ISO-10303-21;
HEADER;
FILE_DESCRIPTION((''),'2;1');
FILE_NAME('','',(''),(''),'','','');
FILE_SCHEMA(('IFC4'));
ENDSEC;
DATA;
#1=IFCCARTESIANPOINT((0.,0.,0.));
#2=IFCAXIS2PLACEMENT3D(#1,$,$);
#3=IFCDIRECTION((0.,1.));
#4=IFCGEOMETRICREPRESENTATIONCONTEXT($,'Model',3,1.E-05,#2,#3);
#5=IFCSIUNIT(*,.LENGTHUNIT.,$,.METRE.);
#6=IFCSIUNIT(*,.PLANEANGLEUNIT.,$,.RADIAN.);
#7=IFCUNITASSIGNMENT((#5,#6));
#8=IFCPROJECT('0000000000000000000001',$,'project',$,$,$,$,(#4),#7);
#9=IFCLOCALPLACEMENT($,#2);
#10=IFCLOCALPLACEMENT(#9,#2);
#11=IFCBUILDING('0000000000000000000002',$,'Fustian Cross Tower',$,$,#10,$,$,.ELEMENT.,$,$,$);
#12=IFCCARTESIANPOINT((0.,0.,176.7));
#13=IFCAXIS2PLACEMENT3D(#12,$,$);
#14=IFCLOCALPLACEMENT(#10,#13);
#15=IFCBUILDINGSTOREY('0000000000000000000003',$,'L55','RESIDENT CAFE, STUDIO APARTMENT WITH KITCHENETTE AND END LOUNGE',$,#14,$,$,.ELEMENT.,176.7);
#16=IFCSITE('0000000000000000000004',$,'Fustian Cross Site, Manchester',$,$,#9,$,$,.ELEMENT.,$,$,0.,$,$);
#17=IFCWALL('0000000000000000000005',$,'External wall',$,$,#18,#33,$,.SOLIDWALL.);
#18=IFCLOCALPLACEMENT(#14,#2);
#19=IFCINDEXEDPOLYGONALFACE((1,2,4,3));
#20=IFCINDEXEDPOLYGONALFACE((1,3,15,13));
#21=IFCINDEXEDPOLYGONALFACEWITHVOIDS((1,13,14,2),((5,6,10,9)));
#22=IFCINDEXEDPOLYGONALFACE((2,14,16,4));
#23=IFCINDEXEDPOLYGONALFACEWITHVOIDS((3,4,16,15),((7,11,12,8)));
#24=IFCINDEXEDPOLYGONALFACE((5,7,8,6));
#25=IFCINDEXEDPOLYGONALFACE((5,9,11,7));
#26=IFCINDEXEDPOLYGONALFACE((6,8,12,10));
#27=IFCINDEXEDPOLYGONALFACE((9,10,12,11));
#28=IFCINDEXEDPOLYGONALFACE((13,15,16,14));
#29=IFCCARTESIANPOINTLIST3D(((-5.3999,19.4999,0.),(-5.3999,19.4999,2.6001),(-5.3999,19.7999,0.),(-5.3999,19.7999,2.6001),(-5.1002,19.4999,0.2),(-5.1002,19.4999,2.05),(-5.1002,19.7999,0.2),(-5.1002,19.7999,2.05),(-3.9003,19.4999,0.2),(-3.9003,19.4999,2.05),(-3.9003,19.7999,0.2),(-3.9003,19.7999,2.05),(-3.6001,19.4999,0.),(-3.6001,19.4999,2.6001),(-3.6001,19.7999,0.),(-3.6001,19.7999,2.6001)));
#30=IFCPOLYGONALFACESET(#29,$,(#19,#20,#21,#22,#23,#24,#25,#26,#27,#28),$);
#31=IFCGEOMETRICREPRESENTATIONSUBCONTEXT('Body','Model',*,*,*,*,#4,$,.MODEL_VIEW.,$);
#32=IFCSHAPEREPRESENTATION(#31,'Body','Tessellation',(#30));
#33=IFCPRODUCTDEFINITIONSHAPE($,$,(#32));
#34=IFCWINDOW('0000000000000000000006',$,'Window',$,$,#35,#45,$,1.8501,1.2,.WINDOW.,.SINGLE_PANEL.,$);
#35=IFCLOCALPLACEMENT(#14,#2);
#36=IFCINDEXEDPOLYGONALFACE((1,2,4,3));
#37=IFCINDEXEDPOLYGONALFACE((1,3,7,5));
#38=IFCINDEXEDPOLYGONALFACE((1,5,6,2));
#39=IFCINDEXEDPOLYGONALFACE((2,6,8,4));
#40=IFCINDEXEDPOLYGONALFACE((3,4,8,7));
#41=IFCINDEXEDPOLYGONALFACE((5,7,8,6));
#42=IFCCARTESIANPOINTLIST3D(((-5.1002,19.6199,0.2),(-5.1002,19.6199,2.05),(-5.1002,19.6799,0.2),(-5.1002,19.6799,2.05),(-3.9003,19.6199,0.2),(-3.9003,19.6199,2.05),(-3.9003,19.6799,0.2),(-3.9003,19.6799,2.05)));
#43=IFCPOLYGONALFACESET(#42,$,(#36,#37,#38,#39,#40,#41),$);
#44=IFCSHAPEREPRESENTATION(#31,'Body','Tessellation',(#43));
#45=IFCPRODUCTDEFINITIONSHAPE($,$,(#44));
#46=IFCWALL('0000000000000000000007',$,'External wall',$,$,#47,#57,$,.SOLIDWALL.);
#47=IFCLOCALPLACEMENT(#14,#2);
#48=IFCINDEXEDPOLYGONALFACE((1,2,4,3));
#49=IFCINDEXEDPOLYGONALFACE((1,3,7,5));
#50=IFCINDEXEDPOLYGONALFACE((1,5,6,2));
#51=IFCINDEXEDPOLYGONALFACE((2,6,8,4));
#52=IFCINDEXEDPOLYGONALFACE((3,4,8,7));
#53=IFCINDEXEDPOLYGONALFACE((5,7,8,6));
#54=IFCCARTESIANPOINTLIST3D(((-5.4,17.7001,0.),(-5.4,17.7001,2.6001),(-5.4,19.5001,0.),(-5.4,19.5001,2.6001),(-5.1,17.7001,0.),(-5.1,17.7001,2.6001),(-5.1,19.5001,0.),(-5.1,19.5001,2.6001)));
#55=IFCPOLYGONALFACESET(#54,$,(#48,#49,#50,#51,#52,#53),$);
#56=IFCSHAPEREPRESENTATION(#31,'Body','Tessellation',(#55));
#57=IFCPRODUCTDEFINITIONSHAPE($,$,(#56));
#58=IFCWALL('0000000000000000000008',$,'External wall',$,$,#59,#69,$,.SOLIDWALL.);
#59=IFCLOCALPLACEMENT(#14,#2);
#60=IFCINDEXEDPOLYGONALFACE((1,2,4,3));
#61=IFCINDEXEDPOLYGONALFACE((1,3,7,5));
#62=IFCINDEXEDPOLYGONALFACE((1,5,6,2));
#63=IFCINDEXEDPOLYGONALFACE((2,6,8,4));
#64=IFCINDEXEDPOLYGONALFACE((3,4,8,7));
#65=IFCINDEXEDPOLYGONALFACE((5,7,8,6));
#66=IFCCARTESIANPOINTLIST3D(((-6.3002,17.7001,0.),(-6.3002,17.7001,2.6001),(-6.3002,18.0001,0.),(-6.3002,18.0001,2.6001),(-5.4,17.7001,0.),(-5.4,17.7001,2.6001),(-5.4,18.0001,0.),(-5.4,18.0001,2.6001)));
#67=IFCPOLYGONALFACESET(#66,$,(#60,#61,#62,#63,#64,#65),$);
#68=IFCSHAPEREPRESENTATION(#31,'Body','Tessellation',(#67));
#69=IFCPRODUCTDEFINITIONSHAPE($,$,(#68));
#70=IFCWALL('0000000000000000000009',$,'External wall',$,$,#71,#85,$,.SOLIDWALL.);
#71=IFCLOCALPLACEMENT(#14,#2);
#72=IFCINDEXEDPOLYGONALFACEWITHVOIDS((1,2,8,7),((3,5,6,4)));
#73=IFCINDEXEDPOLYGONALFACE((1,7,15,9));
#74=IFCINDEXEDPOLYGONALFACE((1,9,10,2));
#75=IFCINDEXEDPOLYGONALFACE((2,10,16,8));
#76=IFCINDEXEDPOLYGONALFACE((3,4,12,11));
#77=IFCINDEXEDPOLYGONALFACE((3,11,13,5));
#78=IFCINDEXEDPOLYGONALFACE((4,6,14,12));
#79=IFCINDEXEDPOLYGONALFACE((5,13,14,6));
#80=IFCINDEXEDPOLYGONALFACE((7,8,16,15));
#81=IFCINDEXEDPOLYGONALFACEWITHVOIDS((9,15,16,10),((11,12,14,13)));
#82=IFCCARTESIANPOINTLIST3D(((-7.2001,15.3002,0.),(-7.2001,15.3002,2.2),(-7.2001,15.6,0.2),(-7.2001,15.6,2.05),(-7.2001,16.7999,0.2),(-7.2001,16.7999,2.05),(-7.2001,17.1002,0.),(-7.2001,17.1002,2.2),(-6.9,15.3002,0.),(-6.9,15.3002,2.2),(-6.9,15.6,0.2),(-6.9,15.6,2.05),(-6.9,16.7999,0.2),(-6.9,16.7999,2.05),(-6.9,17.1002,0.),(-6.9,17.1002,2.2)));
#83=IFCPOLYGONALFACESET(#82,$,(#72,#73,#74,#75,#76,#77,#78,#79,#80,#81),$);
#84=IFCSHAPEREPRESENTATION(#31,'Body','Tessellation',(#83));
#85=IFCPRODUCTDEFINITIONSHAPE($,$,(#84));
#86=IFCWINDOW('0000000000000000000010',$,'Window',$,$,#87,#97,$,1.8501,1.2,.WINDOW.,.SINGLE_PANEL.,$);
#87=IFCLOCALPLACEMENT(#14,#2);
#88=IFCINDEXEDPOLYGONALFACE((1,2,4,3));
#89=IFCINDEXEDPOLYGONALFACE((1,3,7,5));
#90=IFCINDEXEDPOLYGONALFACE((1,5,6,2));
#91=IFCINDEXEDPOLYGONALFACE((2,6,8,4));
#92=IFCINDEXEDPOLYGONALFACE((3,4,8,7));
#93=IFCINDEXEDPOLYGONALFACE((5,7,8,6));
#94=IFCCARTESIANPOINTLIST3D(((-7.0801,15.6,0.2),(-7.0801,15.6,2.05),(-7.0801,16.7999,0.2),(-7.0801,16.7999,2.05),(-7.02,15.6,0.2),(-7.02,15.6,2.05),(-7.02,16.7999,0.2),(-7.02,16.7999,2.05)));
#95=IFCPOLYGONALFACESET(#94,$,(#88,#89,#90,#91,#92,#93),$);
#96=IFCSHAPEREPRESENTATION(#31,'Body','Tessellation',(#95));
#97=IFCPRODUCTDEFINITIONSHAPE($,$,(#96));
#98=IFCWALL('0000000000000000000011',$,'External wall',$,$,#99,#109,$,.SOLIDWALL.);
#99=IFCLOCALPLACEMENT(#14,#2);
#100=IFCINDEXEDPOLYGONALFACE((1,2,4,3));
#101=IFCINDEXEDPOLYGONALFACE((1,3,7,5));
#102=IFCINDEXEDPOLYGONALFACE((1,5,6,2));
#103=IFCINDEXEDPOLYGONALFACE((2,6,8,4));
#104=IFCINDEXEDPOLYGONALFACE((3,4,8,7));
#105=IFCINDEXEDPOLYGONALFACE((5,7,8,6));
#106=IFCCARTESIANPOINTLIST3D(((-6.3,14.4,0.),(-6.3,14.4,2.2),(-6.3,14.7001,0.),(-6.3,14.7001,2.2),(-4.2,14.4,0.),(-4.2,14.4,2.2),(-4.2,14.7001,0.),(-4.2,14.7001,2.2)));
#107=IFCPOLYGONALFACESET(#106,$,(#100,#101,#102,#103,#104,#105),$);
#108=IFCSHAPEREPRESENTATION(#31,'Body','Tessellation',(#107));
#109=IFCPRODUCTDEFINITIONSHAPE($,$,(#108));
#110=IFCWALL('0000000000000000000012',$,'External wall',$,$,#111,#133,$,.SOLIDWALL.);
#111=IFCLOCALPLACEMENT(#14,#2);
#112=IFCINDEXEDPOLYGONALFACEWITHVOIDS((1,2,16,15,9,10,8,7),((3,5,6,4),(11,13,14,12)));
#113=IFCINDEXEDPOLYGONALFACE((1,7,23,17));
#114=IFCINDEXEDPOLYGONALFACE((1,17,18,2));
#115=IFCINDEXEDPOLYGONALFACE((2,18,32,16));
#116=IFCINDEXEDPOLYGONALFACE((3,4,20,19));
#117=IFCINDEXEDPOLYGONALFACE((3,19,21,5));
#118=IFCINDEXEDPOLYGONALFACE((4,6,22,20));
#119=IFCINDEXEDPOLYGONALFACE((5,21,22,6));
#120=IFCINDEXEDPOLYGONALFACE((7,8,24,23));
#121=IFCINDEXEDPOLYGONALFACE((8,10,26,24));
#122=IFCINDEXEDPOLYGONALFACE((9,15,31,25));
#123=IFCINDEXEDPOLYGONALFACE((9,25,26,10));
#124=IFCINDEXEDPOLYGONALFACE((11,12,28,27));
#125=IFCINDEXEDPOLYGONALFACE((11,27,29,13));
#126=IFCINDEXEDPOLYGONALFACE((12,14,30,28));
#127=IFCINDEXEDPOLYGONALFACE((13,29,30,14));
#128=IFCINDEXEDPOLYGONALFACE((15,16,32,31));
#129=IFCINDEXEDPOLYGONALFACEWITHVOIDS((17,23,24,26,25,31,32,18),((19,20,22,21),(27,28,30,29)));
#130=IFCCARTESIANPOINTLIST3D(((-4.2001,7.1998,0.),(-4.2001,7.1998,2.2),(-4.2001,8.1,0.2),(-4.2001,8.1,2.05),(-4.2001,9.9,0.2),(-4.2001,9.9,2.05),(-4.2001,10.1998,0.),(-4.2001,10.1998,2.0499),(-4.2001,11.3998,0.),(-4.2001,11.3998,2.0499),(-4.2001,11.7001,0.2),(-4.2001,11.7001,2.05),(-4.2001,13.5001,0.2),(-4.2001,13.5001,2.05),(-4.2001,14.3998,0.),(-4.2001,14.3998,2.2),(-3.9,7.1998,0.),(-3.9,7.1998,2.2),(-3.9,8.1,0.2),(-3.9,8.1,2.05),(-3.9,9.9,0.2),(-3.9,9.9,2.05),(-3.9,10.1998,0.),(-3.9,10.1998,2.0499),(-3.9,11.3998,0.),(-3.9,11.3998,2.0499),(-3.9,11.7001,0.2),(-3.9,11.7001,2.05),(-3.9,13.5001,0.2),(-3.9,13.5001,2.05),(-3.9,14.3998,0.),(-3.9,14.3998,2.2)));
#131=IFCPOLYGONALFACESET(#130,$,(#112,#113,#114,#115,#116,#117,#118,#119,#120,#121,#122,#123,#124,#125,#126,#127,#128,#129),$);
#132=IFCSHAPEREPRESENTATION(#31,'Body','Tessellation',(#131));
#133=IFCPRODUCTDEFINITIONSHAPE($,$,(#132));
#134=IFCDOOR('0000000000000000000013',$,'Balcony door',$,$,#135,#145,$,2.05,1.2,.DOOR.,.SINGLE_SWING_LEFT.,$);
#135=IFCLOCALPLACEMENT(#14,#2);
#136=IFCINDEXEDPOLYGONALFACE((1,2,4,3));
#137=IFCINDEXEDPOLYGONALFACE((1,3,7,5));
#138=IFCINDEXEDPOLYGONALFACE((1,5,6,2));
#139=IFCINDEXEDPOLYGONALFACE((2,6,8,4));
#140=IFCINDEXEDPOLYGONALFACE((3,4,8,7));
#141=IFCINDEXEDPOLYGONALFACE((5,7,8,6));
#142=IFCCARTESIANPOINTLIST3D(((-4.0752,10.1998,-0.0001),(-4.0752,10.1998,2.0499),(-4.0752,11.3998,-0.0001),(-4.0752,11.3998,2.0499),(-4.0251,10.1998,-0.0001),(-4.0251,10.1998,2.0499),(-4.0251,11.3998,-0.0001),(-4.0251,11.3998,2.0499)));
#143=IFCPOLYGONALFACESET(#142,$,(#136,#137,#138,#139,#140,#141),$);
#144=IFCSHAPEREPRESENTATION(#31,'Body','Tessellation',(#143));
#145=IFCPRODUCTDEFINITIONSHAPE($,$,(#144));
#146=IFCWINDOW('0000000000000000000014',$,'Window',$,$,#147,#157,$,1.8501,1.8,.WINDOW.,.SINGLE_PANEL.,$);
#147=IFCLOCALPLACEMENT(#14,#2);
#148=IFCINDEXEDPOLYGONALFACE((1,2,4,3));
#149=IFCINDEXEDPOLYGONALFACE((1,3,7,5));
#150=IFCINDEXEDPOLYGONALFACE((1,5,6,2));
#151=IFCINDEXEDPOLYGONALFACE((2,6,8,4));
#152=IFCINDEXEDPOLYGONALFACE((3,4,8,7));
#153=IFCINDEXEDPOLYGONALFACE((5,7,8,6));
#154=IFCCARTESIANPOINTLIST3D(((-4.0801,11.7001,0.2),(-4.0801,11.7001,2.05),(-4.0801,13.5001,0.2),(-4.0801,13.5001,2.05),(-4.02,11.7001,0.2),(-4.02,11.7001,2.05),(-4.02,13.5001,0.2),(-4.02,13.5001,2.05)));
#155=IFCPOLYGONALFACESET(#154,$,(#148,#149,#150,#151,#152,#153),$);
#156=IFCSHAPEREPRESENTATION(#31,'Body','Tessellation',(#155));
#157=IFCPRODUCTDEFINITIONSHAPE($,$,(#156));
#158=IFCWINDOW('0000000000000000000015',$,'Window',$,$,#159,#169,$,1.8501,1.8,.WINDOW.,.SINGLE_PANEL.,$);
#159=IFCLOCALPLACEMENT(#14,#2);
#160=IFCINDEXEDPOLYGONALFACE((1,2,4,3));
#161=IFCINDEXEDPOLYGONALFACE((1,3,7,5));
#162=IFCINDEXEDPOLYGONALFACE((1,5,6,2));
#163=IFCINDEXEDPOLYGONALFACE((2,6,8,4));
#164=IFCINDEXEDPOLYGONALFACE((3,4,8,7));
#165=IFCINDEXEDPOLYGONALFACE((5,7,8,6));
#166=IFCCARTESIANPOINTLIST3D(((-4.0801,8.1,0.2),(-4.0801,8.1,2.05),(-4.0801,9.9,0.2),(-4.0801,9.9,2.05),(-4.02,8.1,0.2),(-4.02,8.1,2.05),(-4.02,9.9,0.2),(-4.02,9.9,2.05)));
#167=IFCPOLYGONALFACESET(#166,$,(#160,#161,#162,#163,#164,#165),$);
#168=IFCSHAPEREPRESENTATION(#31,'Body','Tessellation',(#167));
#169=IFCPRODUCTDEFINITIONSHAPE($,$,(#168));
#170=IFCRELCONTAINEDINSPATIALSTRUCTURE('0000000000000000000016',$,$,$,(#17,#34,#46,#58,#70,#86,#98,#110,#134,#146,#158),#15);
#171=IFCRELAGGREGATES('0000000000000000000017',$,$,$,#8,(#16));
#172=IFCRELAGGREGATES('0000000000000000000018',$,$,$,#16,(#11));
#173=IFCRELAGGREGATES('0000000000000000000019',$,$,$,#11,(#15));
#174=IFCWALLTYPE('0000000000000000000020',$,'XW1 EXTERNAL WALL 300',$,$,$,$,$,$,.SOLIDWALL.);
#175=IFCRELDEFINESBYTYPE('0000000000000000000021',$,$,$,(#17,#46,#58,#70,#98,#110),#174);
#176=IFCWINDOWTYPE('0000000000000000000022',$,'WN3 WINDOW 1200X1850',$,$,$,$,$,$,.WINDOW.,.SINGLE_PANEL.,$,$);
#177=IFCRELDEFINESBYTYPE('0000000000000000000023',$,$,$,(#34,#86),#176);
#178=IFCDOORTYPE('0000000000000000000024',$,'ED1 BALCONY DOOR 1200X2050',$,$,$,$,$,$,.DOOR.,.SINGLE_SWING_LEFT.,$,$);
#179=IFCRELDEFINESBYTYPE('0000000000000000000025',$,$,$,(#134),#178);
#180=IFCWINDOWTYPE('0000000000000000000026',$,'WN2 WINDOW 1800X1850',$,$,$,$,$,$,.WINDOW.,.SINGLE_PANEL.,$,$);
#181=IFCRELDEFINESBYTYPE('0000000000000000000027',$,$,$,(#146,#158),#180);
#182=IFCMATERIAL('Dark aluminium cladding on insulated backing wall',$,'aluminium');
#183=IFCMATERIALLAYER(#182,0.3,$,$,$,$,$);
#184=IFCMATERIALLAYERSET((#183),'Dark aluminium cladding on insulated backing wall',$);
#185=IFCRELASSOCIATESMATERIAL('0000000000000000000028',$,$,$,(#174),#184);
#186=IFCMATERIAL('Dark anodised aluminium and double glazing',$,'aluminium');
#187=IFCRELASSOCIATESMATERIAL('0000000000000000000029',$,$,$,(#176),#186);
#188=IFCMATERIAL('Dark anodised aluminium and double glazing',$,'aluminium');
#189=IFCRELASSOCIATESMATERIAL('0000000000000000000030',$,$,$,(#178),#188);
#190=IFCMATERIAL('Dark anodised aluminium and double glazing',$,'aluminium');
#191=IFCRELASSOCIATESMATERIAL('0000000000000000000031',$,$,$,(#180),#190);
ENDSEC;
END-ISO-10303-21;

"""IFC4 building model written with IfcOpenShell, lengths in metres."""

from ifc_helpers import new_model, si_unit, direction, frame, frame_2d, origin, place, context, subcontext, project, spatial, rectangle, extrude, material, layer, layer_set, type_object, element, fill, save


model = new_model("IFC4")

# Units and contexts
model_context = context("Model", 3, precision=1e-05, world=origin(), true_north=direction((0.0, 1.0)))
body_context = subcontext(model_context, "Body", "Model", "MODEL_VIEW")
ifc_project = project(units=[si_unit("LENGTHUNIT", "METRE"), si_unit("PLANEANGLEUNIT", "RADIAN")], contexts=[model_context])

# Site, building, storey
site_placement = place(None, origin())
site = spatial("IfcSite", under=ifc_project, at=site_placement, Name="Fustian Cross Site, Manchester", CompositionType="ELEMENT", RefElevation=0.0)
building_placement = place(site_placement, origin())
building = spatial("IfcBuilding", under=site, at=building_placement, Name="Fustian Cross Tower", CompositionType="ELEMENT")
storey_placement = place(building_placement, frame((0.0, 0.0, 176.7)))
storey = spatial("IfcBuildingStorey", under=building, at=storey_placement, Name="L55", Description="RESIDENT CAFE, STUDIO APARTMENT WITH KITCHENETTE AND END LOUNGE", CompositionType="ELEMENT", Elevation=176.7)

# Shared definitions
ifc_material_1 = material(Name="Dark aluminium cladding on insulated backing wall", Category="aluminium")
ifc_layer_1 = layer(ifc_material_1, 0.3)
ifc_layer_set_1 = layer_set([ifc_layer_1], Name="Dark aluminium cladding on insulated backing wall")
wall_type_1 = type_object("IfcWallType", Name="XW1 EXTERNAL WALL 300", PredefinedType="SOLIDWALL", material=ifc_layer_set_1)

# Wall, opening, window
wall_1_placement = place(storey_placement, frame((-3.6001, 19.6499, 0.0), z_axis=(0.0, 0.0, 1.0), x_axis=(-1.0, 0.0, 0.0)))
wall_1 = element("IfcWall", 1, at=wall_1_placement, inside=storey, type_object=wall_type_1, Name="External wall", PredefinedType="SOLIDWALL", context=body_context, shape_type="SweptSolid", body=[
    extrude(rectangle(XDim=1.7998, YDim=0.3, at=frame_2d((0.8999, 0.0))), origin(), (0.0, 0.0, 1.0), 2.6001),
])
opening_1_placement = place(wall_1_placement, frame((0.3, 0.0, 0.2)))
opening_1 = element("IfcOpeningElement", 2, at=opening_1_placement, cuts=wall_1, PredefinedType="OPENING", context=body_context, shape_type="SweptSolid", body=[
    extrude(rectangle(XDim=1.2, YDim=1.8501, at=frame_2d((0.6001, 0.925))), frame((0.0, 0.1599, 0.0), z_axis=(0.0, -1.0, 0.0), x_axis=(1.0, 0.0, 0.0)), (0.0, 0.0, 1.0), 0.3201),
])
ifc_material_2 = material(Name="Dark anodised aluminium and double glazing", Category="aluminium")
window_type_1 = type_object("IfcWindowType", Name="WN3 WINDOW 1200X1850", PartitioningType="SINGLE_PANEL", PredefinedType="WINDOW", material=ifc_material_2)
window_1_placement = place(opening_1_placement, origin())
window_1 = element("IfcWindow", 3, at=window_1_placement, inside=storey, type_object=window_type_1, Name="Window", OverallHeight=1.8501, OverallWidth=1.2, PartitioningType="SINGLE_PANEL", PredefinedType="WINDOW", context=body_context, shape_type="SweptSolid", body=[
    extrude(rectangle(XDim=1.2, YDim=1.8501, at=frame_2d((0.6001, 0.925))), frame((0.0, 0.03, 0.0), z_axis=(0.0, -1.0, 0.0), x_axis=(1.0, 0.0, 0.0)), (0.0, 0.0, 1.0), 0.0601),
])
fill(opening_1, window_1)

# Walls
wall_2_placement = place(storey_placement, frame((-5.25, 19.5, 0.0), z_axis=(0.0, 0.0, 1.0), x_axis=(0.0, -1.0, 0.0)))
element("IfcWall", 4, at=wall_2_placement, inside=storey, type_object=wall_type_1, Name="External wall", PredefinedType="SOLIDWALL", context=body_context, shape_type="SweptSolid", body=[
    extrude(rectangle(XDim=1.8, YDim=0.3, at=frame_2d((0.8999, 0.0))), origin(), (0.0, 0.0, 1.0), 2.6001),
])
wall_3_placement = place(storey_placement, frame((-5.3999, 17.8501, 0.0), z_axis=(0.0, 0.0, 1.0), x_axis=(-1.0, 0.0, 0.0)))
element("IfcWall", 5, at=wall_3_placement, inside=storey, type_object=wall_type_1, Name="External wall", PredefinedType="SOLIDWALL", context=body_context, shape_type="SweptSolid", body=[
    extrude(rectangle(XDim=0.9001, YDim=0.3, at=frame_2d((0.4502, 0.0))), origin(), (0.0, 0.0, 1.0), 2.6001),
])

# Wall, opening, window
wall_4_placement = place(storey_placement, frame((-7.05, 17.1001, 0.0), z_axis=(0.0, 0.0, 1.0), x_axis=(0.0, -1.0, 0.0)))
wall_4 = element("IfcWall", 6, at=wall_4_placement, inside=storey, type_object=wall_type_1, Name="External wall", PredefinedType="SOLIDWALL", context=body_context, shape_type="SweptSolid", body=[
    extrude(rectangle(XDim=1.8, YDim=0.3, at=frame_2d((0.8999, 0.0))), origin(), (0.0, 0.0, 1.0), 2.2),
])
opening_2_placement = place(wall_4_placement, frame((0.3, 0.0, 0.2)))
opening_2 = element("IfcOpeningElement", 7, at=opening_2_placement, cuts=wall_4, PredefinedType="OPENING", context=body_context, shape_type="SweptSolid", body=[
    extrude(rectangle(XDim=1.2, YDim=1.8501, at=frame_2d((0.6001, 0.925))), frame((0.0, 0.1599, 0.0), z_axis=(0.0, -1.0, 0.0), x_axis=(1.0, 0.0, 0.0)), (0.0, 0.0, 1.0), 0.3201),
])
window_2_placement = place(opening_2_placement, origin())
window_2 = element("IfcWindow", 8, at=window_2_placement, inside=storey, type_object=window_type_1, Name="Window", OverallHeight=1.8501, OverallWidth=1.2, PartitioningType="SINGLE_PANEL", PredefinedType="WINDOW", context=body_context, shape_type="SweptSolid", body=[
    extrude(rectangle(XDim=1.2, YDim=1.8501, at=frame_2d((0.6001, 0.925))), frame((0.0, 0.03, 0.0), z_axis=(0.0, -1.0, 0.0), x_axis=(1.0, 0.0, 0.0)), (0.0, 0.0, 1.0), 0.0601),
])
fill(opening_2, window_2)

# Wall
wall_5_placement = place(storey_placement, frame((-6.3, 14.55, 0.0), z_axis=(0.0, 0.0, 1.0), x_axis=(1.0, 0.0, 0.0)))
element("IfcWall", 9, at=wall_5_placement, inside=storey, type_object=wall_type_1, Name="External wall", PredefinedType="SOLIDWALL", context=body_context, shape_type="SweptSolid", body=[
    extrude(rectangle(XDim=2.1001, YDim=0.3, at=frame_2d((1.05, 0.0))), origin(), (0.0, 0.0, 1.0), 2.2),
])

# Wall, openings, door, windows
wall_6_placement = place(storey_placement, frame((-4.05, 14.3999, 0.0), z_axis=(0.0, 0.0, 1.0), x_axis=(0.0, -1.0, 0.0)))
wall_6 = element("IfcWall", 10, at=wall_6_placement, inside=storey, type_object=wall_type_1, Name="External wall", PredefinedType="SOLIDWALL", context=body_context, shape_type="SweptSolid", body=[
    extrude(rectangle(XDim=7.2, YDim=0.3, at=frame_2d((3.6001, 0.0))), origin(), (0.0, 0.0, 1.0), 2.2),
])
opening_3_placement = place(wall_6_placement, frame((3.0, 0.0, 0.0)))
opening_3 = element("IfcOpeningElement", 11, at=opening_3_placement, cuts=wall_6, PredefinedType="OPENING", context=body_context, shape_type="SweptSolid", body=[
    extrude(rectangle(XDim=1.2, YDim=2.05, at=frame_2d((0.6001, 1.0249))), frame((0.0, 0.1599, 0.0), z_axis=(0.0, -1.0, 0.0), x_axis=(1.0, 0.0, 0.0)), (0.0, 0.0, 1.0), 0.3201),
])
opening_4_placement = place(wall_6_placement, frame((0.8999, 0.0, 0.2)))
opening_4 = element("IfcOpeningElement", 12, at=opening_4_placement, cuts=wall_6, PredefinedType="OPENING", context=body_context, shape_type="SweptSolid", body=[
    extrude(rectangle(XDim=1.8, YDim=1.8501, at=frame_2d((0.8999, 0.925))), frame((0.0, 0.1599, 0.0), z_axis=(0.0, -1.0, 0.0), x_axis=(1.0, 0.0, 0.0)), (0.0, 0.0, 1.0), 0.3201),
])
opening_5_placement = place(wall_6_placement, frame((4.5, 0.0, 0.2)))
opening_5 = element("IfcOpeningElement", 13, at=opening_5_placement, cuts=wall_6, PredefinedType="OPENING", context=body_context, shape_type="SweptSolid", body=[
    extrude(rectangle(XDim=1.8, YDim=1.8501, at=frame_2d((0.8999, 0.925))), frame((0.0, 0.1599, 0.0), z_axis=(0.0, -1.0, 0.0), x_axis=(1.0, 0.0, 0.0)), (0.0, 0.0, 1.0), 0.3201),
])
ifc_material_3 = material(Name="Dark anodised aluminium and double glazing", Category="aluminium")
door_type_1 = type_object("IfcDoorType", Name="ED1 BALCONY DOOR 1200X2050", OperationType="SINGLE_SWING_LEFT", PredefinedType="DOOR", material=ifc_material_3)
door_1_placement = place(opening_3_placement, origin())
door_1 = element("IfcDoor", 14, at=door_1_placement, inside=storey, type_object=door_type_1, Name="Balcony door", OperationType="SINGLE_SWING_LEFT", OverallHeight=2.05, OverallWidth=1.2, PredefinedType="DOOR", context=body_context, shape_type="SweptSolid", body=[
    extrude(rectangle(XDim=1.2, YDim=2.05, at=frame_2d((0.6001, 1.0249))), frame((0.0, 0.0249, 0.0), z_axis=(0.0, -1.0, 0.0), x_axis=(1.0, 0.0, 0.0)), (0.0, 0.0, 1.0), 0.05),
])
fill(opening_3, door_1)
ifc_material_4 = material(Name="Dark anodised aluminium and double glazing", Category="aluminium")
window_type_2 = type_object("IfcWindowType", Name="WN2 WINDOW 1800X1850", PartitioningType="SINGLE_PANEL", PredefinedType="WINDOW", material=ifc_material_4)
window_3_placement = place(opening_4_placement, origin())
window_3 = element("IfcWindow", 15, at=window_3_placement, inside=storey, type_object=window_type_2, Name="Window", OverallHeight=1.8501, OverallWidth=1.8, PartitioningType="SINGLE_PANEL", PredefinedType="WINDOW", context=body_context, shape_type="SweptSolid", body=[
    extrude(rectangle(XDim=1.8, YDim=1.8501, at=frame_2d((0.8999, 0.925))), frame((0.0, 0.03, 0.0), z_axis=(0.0, -1.0, 0.0), x_axis=(1.0, 0.0, 0.0)), (0.0, 0.0, 1.0), 0.0601),
])
fill(opening_4, window_3)
window_4_placement = place(opening_5_placement, origin())
window_4 = element("IfcWindow", 16, at=window_4_placement, inside=storey, type_object=window_type_2, Name="Window", OverallHeight=1.8501, OverallWidth=1.8, PartitioningType="SINGLE_PANEL", PredefinedType="WINDOW", context=body_context, shape_type="SweptSolid", body=[
    extrude(rectangle(XDim=1.8, YDim=1.8501, at=frame_2d((0.8999, 0.925))), frame((0.0, 0.03, 0.0), z_axis=(0.0, -1.0, 0.0), x_axis=(1.0, 0.0, 0.0)), (0.0, 0.0, 1.0), 0.0601),
])
fill(opening_5, window_4)

save(model, "model.ifc")
